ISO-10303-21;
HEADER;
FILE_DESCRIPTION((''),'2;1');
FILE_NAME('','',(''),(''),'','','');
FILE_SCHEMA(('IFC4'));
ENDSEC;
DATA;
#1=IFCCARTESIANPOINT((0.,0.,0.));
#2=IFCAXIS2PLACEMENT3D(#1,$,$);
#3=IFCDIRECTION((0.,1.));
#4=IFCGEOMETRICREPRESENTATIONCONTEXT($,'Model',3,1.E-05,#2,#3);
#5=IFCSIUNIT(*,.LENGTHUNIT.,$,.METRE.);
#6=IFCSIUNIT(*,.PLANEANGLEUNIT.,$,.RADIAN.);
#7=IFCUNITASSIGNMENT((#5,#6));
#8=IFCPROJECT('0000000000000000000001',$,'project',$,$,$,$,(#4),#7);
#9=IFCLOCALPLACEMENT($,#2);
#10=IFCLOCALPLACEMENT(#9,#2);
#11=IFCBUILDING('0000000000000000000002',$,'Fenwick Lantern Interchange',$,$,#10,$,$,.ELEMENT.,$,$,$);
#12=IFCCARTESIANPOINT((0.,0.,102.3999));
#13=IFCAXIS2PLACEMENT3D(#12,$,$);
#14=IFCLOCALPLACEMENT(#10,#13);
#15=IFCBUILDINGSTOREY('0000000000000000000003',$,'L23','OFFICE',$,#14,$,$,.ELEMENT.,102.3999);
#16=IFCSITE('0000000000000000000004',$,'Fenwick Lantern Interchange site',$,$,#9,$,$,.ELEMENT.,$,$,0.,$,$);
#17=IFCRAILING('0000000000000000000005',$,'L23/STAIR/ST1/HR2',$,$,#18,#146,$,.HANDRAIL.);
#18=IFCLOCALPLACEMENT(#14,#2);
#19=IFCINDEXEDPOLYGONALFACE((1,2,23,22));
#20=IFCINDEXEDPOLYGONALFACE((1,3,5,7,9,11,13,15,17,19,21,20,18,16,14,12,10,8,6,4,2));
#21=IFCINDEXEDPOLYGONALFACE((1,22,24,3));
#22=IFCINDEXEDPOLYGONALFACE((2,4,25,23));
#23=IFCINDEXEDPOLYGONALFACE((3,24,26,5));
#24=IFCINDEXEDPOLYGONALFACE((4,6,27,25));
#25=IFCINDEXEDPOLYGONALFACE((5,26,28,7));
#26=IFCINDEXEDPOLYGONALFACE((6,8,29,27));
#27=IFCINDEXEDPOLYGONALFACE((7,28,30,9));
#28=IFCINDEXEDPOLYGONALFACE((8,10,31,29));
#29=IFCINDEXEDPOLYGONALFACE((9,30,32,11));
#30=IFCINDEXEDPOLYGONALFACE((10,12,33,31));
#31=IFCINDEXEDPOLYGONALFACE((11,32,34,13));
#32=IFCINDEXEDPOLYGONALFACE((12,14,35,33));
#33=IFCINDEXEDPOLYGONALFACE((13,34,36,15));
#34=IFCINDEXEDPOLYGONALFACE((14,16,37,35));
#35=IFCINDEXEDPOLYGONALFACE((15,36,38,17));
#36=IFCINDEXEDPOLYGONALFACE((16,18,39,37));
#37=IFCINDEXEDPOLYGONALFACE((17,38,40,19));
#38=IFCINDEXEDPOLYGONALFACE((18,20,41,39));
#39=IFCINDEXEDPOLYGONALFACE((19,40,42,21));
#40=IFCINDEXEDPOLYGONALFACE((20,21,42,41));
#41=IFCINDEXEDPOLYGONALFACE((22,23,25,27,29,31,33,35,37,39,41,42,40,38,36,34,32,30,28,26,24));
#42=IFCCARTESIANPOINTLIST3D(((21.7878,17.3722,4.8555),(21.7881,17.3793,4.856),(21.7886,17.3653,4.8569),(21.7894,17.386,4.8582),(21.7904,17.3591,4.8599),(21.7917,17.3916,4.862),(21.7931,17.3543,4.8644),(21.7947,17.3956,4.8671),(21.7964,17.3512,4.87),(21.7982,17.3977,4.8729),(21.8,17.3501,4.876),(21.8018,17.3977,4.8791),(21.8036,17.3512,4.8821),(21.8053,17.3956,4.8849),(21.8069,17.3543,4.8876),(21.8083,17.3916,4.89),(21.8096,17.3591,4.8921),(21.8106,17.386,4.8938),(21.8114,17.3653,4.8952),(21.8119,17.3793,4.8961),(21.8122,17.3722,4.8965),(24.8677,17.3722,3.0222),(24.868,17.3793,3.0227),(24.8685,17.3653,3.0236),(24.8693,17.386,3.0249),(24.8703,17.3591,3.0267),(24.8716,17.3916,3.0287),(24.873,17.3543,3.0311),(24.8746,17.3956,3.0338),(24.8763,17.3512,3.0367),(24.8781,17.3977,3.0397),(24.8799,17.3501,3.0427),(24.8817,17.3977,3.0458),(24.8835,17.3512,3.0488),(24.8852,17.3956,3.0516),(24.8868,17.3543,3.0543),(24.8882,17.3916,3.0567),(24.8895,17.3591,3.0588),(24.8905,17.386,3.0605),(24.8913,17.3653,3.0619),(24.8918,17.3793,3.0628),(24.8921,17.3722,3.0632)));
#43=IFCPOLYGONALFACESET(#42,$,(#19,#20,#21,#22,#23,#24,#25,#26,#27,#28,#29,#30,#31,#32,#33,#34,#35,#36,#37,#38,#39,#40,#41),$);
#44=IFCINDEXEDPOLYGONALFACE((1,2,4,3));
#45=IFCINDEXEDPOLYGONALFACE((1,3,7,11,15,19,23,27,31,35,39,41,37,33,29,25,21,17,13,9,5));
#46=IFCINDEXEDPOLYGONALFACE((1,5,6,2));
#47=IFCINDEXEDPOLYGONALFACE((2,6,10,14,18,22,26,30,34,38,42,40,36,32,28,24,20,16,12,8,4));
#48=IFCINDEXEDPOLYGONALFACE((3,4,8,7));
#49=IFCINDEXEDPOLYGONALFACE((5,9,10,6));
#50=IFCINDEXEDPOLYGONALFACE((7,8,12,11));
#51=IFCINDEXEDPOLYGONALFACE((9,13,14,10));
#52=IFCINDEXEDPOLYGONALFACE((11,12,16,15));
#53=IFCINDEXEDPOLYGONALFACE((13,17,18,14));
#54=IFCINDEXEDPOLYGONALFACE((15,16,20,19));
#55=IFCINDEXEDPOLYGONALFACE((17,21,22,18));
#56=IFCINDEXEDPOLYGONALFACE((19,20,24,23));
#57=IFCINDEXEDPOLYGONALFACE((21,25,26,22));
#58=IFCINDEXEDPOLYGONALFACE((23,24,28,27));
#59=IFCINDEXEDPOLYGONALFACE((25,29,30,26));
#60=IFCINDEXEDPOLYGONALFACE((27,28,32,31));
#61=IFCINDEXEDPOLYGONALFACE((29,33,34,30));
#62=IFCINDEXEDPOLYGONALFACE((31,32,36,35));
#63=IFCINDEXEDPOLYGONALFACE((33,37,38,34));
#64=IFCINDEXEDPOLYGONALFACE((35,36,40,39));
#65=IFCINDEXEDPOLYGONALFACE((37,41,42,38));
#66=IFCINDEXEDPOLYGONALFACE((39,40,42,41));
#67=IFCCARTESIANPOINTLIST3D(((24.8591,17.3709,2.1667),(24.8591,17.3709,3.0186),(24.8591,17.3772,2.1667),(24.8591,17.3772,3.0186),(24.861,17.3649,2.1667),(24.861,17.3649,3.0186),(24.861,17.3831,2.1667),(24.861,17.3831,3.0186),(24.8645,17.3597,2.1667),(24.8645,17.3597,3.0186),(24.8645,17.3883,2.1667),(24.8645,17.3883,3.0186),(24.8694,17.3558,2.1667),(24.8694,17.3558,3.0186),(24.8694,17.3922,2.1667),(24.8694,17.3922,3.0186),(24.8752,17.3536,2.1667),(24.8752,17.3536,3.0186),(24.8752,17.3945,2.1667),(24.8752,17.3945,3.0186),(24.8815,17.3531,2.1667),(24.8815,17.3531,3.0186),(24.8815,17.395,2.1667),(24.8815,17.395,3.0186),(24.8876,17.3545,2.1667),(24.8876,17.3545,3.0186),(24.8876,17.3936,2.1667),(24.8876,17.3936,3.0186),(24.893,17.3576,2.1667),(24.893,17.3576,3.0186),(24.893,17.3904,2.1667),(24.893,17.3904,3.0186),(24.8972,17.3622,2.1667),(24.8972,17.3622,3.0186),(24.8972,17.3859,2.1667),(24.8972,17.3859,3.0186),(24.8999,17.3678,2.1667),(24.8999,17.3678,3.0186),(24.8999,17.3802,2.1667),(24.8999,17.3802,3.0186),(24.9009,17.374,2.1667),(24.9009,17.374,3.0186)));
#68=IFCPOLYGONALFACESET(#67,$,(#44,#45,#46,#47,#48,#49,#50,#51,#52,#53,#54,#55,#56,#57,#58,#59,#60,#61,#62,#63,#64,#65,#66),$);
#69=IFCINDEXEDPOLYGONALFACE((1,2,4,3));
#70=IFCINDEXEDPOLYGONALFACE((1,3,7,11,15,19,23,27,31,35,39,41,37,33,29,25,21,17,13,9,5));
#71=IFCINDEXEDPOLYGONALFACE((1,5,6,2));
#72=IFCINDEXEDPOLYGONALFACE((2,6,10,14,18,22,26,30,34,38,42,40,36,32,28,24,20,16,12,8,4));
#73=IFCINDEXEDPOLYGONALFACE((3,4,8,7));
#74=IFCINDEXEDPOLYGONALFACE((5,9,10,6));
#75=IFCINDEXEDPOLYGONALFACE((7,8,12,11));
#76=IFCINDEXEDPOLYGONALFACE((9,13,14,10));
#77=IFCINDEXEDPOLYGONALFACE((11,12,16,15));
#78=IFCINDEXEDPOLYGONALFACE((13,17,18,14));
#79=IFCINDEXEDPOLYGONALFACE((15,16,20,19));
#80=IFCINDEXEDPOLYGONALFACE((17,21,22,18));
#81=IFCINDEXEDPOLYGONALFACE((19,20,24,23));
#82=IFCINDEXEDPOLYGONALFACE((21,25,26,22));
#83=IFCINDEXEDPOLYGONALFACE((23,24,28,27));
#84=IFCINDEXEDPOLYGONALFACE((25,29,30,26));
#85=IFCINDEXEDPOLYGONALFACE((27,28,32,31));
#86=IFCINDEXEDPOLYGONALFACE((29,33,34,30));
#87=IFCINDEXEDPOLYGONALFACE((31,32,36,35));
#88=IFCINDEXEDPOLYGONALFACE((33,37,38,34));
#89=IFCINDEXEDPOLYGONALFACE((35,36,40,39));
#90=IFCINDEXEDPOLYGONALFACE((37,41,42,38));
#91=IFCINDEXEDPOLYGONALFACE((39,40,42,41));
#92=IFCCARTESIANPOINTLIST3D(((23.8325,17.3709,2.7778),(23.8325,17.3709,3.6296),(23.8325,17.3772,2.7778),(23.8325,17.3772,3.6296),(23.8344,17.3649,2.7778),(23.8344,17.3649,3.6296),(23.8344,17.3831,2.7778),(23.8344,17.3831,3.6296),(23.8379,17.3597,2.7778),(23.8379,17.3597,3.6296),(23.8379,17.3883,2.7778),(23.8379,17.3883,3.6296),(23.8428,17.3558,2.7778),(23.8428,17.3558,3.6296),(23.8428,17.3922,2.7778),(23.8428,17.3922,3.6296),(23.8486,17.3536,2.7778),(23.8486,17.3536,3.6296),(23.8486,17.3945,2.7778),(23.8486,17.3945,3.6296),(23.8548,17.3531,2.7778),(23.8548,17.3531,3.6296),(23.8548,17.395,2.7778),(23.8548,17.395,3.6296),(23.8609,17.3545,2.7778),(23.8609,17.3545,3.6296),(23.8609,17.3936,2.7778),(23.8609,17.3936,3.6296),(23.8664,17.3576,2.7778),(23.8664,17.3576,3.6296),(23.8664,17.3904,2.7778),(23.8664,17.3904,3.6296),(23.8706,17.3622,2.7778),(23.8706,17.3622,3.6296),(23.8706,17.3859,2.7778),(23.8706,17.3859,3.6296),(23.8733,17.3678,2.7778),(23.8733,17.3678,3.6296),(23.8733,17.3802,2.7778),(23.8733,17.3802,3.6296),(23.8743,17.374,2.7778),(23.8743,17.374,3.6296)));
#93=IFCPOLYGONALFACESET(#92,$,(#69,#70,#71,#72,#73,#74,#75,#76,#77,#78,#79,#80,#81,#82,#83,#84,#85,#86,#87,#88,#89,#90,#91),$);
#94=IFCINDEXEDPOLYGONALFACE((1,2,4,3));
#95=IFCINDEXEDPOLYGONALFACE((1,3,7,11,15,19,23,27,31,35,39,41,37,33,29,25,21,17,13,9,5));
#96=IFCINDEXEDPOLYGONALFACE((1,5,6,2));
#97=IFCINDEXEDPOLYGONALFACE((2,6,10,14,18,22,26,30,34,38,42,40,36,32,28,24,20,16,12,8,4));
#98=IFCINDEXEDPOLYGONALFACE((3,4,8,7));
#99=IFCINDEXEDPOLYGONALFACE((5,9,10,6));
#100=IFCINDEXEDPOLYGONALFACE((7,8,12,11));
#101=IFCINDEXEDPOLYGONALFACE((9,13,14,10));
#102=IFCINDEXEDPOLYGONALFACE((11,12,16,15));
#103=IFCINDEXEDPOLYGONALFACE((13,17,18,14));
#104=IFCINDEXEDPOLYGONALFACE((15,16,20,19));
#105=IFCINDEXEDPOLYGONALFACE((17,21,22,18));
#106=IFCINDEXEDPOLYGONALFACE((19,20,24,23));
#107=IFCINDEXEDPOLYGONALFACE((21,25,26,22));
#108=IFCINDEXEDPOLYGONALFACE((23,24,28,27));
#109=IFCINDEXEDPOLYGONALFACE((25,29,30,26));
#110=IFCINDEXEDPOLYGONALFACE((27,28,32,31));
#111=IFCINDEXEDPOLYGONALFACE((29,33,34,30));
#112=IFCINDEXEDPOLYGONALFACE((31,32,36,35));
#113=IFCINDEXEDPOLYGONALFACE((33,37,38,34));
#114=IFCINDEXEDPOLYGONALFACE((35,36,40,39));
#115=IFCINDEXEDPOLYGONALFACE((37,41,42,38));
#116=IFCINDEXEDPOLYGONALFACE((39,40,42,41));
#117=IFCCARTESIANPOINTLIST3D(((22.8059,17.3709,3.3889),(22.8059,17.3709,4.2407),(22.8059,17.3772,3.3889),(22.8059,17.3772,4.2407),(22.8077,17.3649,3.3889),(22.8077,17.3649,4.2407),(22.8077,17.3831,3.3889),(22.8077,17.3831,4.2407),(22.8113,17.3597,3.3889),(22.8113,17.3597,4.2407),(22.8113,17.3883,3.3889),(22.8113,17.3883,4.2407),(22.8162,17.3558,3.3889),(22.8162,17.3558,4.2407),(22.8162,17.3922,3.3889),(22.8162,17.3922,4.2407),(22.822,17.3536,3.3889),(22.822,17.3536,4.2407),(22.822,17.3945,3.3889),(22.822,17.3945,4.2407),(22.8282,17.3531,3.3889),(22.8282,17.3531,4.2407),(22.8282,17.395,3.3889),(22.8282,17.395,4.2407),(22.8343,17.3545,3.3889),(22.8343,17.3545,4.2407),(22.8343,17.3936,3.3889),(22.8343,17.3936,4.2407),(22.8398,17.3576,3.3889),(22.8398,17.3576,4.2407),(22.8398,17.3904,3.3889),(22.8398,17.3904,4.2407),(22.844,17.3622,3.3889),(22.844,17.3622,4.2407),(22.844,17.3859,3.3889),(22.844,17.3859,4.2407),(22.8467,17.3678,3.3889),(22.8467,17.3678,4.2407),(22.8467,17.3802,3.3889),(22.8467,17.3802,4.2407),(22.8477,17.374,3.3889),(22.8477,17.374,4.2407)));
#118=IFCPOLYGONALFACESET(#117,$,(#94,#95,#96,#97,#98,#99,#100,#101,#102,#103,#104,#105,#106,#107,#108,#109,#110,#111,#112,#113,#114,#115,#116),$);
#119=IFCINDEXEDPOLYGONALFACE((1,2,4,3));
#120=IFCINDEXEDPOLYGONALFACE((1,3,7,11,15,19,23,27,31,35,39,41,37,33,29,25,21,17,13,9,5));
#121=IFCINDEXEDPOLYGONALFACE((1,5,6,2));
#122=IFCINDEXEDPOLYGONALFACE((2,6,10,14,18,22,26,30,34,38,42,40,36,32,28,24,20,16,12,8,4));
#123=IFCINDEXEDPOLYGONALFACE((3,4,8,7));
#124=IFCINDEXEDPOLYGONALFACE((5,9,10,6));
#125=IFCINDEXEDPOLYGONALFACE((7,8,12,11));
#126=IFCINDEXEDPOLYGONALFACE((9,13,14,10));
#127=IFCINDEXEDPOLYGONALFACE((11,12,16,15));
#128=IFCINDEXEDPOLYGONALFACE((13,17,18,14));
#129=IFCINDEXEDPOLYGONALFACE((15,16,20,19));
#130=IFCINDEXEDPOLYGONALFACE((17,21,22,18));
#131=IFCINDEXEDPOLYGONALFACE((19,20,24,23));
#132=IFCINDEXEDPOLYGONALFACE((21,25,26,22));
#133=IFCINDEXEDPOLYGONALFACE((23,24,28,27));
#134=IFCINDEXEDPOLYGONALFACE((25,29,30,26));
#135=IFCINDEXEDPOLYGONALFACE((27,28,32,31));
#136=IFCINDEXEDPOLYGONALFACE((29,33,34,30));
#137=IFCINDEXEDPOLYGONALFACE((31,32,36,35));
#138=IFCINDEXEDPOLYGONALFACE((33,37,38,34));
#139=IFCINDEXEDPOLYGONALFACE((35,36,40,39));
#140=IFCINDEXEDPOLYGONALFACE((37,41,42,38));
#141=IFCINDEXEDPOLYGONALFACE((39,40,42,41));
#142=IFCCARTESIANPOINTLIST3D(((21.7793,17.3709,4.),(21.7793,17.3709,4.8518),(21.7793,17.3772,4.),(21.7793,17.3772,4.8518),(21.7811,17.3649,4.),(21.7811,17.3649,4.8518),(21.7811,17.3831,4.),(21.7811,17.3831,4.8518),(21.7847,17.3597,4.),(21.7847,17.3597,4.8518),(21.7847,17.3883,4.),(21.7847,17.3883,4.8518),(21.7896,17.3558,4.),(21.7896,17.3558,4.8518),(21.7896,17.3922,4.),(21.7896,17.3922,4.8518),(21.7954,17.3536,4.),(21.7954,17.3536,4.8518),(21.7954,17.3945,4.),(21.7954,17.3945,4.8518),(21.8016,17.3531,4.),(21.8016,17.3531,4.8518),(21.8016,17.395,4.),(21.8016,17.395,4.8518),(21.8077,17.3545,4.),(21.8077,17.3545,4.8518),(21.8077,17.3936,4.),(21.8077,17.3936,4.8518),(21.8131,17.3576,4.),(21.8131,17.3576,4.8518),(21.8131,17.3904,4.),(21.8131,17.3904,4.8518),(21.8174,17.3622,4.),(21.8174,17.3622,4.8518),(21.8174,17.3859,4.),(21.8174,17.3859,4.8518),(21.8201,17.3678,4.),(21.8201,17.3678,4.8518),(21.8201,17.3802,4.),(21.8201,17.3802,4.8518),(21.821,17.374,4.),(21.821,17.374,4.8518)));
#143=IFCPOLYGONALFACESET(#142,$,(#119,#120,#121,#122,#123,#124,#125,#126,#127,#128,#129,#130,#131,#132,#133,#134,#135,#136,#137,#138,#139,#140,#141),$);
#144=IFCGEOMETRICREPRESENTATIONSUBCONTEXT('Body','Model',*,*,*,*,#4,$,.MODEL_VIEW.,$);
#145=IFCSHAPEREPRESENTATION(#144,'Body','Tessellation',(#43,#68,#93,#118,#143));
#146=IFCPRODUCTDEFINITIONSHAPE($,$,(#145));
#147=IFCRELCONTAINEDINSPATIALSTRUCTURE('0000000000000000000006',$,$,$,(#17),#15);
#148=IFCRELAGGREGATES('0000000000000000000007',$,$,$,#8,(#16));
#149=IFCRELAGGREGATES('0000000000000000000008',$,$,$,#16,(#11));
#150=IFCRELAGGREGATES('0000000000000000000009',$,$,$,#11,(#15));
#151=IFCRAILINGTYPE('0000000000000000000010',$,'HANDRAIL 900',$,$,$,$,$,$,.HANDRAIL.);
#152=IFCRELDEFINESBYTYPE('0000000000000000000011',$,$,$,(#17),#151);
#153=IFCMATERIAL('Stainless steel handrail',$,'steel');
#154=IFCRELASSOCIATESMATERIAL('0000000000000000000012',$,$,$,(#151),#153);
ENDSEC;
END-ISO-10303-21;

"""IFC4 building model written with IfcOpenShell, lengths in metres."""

from ifc_helpers import new_model, si_unit, direction, frame, origin, origin_2d, place, context, subcontext, project, spatial, circle, extrude, material, type_object, element, save


model = new_model("IFC4")

# Units and contexts
model_context = context("Model", 3, precision=1e-05, world=origin(), true_north=direction((0.0, 1.0)))
body_context = subcontext(model_context, "Body", "Model", "MODEL_VIEW")
ifc_project = project(units=[si_unit("LENGTHUNIT", "METRE"), si_unit("PLANEANGLEUNIT", "RADIAN")], contexts=[model_context])

# Site, building, storey
site_placement = place(None, origin())
site = spatial("IfcSite", under=ifc_project, at=site_placement, Name="Fenwick Lantern Interchange site", CompositionType="ELEMENT", RefElevation=0.0)
building_placement = place(site_placement, origin())
building = spatial("IfcBuilding", under=site, at=building_placement, Name="Fenwick Lantern Interchange", CompositionType="ELEMENT")
storey_placement = place(building_placement, frame((0.0, 0.0, 102.3999)))
storey = spatial("IfcBuildingStorey", under=building, at=storey_placement, Name="L23", Description="OFFICE", CompositionType="ELEMENT", Elevation=102.3999)

# Railing
ifc_material_1 = material(Name="Stainless steel handrail", Category="steel")
railing_type = type_object("IfcRailingType", Name="HANDRAIL 900", PredefinedType="HANDRAIL", material=ifc_material_1)
railing_1_placement = place(storey_placement, frame((24.8799, 17.374, 2.1667)))
element("IfcRailing", 1, at=railing_1_placement, inside=storey, type_object=railing_type, Name="L23/STAIR/ST1/HR2", PredefinedType="HANDRAIL", context=body_context, shape_type="SweptSolid", body=[
    extrude(circle(Radius=0.0239, at=origin_2d()), frame((0.0, 0.0, 0.876), z_axis=(-0.859291, 0.0, 0.511487), x_axis=(0.0, -1.0, 0.0)), (0.0, 0.0, 1.0), 3.5842),
    extrude(circle(Radius=0.021, at=origin_2d()), origin(), (0.0, 0.0, 1.0), 0.8518),
    extrude(circle(Radius=0.021, at=origin_2d()), frame((-1.0266, 0.0, 0.6111)), (0.0, 0.0, 1.0), 0.8518),
    extrude(circle(Radius=0.021, at=origin_2d()), frame((-2.0532, 0.0, 1.2222)), (0.0, 0.0, 1.0), 0.8518),
    extrude(circle(Radius=0.021, at=origin_2d()), frame((-3.0798, 0.0, 1.8333)), (0.0, 0.0, 1.0), 0.8518),
])

save(model, "model.ifc")
